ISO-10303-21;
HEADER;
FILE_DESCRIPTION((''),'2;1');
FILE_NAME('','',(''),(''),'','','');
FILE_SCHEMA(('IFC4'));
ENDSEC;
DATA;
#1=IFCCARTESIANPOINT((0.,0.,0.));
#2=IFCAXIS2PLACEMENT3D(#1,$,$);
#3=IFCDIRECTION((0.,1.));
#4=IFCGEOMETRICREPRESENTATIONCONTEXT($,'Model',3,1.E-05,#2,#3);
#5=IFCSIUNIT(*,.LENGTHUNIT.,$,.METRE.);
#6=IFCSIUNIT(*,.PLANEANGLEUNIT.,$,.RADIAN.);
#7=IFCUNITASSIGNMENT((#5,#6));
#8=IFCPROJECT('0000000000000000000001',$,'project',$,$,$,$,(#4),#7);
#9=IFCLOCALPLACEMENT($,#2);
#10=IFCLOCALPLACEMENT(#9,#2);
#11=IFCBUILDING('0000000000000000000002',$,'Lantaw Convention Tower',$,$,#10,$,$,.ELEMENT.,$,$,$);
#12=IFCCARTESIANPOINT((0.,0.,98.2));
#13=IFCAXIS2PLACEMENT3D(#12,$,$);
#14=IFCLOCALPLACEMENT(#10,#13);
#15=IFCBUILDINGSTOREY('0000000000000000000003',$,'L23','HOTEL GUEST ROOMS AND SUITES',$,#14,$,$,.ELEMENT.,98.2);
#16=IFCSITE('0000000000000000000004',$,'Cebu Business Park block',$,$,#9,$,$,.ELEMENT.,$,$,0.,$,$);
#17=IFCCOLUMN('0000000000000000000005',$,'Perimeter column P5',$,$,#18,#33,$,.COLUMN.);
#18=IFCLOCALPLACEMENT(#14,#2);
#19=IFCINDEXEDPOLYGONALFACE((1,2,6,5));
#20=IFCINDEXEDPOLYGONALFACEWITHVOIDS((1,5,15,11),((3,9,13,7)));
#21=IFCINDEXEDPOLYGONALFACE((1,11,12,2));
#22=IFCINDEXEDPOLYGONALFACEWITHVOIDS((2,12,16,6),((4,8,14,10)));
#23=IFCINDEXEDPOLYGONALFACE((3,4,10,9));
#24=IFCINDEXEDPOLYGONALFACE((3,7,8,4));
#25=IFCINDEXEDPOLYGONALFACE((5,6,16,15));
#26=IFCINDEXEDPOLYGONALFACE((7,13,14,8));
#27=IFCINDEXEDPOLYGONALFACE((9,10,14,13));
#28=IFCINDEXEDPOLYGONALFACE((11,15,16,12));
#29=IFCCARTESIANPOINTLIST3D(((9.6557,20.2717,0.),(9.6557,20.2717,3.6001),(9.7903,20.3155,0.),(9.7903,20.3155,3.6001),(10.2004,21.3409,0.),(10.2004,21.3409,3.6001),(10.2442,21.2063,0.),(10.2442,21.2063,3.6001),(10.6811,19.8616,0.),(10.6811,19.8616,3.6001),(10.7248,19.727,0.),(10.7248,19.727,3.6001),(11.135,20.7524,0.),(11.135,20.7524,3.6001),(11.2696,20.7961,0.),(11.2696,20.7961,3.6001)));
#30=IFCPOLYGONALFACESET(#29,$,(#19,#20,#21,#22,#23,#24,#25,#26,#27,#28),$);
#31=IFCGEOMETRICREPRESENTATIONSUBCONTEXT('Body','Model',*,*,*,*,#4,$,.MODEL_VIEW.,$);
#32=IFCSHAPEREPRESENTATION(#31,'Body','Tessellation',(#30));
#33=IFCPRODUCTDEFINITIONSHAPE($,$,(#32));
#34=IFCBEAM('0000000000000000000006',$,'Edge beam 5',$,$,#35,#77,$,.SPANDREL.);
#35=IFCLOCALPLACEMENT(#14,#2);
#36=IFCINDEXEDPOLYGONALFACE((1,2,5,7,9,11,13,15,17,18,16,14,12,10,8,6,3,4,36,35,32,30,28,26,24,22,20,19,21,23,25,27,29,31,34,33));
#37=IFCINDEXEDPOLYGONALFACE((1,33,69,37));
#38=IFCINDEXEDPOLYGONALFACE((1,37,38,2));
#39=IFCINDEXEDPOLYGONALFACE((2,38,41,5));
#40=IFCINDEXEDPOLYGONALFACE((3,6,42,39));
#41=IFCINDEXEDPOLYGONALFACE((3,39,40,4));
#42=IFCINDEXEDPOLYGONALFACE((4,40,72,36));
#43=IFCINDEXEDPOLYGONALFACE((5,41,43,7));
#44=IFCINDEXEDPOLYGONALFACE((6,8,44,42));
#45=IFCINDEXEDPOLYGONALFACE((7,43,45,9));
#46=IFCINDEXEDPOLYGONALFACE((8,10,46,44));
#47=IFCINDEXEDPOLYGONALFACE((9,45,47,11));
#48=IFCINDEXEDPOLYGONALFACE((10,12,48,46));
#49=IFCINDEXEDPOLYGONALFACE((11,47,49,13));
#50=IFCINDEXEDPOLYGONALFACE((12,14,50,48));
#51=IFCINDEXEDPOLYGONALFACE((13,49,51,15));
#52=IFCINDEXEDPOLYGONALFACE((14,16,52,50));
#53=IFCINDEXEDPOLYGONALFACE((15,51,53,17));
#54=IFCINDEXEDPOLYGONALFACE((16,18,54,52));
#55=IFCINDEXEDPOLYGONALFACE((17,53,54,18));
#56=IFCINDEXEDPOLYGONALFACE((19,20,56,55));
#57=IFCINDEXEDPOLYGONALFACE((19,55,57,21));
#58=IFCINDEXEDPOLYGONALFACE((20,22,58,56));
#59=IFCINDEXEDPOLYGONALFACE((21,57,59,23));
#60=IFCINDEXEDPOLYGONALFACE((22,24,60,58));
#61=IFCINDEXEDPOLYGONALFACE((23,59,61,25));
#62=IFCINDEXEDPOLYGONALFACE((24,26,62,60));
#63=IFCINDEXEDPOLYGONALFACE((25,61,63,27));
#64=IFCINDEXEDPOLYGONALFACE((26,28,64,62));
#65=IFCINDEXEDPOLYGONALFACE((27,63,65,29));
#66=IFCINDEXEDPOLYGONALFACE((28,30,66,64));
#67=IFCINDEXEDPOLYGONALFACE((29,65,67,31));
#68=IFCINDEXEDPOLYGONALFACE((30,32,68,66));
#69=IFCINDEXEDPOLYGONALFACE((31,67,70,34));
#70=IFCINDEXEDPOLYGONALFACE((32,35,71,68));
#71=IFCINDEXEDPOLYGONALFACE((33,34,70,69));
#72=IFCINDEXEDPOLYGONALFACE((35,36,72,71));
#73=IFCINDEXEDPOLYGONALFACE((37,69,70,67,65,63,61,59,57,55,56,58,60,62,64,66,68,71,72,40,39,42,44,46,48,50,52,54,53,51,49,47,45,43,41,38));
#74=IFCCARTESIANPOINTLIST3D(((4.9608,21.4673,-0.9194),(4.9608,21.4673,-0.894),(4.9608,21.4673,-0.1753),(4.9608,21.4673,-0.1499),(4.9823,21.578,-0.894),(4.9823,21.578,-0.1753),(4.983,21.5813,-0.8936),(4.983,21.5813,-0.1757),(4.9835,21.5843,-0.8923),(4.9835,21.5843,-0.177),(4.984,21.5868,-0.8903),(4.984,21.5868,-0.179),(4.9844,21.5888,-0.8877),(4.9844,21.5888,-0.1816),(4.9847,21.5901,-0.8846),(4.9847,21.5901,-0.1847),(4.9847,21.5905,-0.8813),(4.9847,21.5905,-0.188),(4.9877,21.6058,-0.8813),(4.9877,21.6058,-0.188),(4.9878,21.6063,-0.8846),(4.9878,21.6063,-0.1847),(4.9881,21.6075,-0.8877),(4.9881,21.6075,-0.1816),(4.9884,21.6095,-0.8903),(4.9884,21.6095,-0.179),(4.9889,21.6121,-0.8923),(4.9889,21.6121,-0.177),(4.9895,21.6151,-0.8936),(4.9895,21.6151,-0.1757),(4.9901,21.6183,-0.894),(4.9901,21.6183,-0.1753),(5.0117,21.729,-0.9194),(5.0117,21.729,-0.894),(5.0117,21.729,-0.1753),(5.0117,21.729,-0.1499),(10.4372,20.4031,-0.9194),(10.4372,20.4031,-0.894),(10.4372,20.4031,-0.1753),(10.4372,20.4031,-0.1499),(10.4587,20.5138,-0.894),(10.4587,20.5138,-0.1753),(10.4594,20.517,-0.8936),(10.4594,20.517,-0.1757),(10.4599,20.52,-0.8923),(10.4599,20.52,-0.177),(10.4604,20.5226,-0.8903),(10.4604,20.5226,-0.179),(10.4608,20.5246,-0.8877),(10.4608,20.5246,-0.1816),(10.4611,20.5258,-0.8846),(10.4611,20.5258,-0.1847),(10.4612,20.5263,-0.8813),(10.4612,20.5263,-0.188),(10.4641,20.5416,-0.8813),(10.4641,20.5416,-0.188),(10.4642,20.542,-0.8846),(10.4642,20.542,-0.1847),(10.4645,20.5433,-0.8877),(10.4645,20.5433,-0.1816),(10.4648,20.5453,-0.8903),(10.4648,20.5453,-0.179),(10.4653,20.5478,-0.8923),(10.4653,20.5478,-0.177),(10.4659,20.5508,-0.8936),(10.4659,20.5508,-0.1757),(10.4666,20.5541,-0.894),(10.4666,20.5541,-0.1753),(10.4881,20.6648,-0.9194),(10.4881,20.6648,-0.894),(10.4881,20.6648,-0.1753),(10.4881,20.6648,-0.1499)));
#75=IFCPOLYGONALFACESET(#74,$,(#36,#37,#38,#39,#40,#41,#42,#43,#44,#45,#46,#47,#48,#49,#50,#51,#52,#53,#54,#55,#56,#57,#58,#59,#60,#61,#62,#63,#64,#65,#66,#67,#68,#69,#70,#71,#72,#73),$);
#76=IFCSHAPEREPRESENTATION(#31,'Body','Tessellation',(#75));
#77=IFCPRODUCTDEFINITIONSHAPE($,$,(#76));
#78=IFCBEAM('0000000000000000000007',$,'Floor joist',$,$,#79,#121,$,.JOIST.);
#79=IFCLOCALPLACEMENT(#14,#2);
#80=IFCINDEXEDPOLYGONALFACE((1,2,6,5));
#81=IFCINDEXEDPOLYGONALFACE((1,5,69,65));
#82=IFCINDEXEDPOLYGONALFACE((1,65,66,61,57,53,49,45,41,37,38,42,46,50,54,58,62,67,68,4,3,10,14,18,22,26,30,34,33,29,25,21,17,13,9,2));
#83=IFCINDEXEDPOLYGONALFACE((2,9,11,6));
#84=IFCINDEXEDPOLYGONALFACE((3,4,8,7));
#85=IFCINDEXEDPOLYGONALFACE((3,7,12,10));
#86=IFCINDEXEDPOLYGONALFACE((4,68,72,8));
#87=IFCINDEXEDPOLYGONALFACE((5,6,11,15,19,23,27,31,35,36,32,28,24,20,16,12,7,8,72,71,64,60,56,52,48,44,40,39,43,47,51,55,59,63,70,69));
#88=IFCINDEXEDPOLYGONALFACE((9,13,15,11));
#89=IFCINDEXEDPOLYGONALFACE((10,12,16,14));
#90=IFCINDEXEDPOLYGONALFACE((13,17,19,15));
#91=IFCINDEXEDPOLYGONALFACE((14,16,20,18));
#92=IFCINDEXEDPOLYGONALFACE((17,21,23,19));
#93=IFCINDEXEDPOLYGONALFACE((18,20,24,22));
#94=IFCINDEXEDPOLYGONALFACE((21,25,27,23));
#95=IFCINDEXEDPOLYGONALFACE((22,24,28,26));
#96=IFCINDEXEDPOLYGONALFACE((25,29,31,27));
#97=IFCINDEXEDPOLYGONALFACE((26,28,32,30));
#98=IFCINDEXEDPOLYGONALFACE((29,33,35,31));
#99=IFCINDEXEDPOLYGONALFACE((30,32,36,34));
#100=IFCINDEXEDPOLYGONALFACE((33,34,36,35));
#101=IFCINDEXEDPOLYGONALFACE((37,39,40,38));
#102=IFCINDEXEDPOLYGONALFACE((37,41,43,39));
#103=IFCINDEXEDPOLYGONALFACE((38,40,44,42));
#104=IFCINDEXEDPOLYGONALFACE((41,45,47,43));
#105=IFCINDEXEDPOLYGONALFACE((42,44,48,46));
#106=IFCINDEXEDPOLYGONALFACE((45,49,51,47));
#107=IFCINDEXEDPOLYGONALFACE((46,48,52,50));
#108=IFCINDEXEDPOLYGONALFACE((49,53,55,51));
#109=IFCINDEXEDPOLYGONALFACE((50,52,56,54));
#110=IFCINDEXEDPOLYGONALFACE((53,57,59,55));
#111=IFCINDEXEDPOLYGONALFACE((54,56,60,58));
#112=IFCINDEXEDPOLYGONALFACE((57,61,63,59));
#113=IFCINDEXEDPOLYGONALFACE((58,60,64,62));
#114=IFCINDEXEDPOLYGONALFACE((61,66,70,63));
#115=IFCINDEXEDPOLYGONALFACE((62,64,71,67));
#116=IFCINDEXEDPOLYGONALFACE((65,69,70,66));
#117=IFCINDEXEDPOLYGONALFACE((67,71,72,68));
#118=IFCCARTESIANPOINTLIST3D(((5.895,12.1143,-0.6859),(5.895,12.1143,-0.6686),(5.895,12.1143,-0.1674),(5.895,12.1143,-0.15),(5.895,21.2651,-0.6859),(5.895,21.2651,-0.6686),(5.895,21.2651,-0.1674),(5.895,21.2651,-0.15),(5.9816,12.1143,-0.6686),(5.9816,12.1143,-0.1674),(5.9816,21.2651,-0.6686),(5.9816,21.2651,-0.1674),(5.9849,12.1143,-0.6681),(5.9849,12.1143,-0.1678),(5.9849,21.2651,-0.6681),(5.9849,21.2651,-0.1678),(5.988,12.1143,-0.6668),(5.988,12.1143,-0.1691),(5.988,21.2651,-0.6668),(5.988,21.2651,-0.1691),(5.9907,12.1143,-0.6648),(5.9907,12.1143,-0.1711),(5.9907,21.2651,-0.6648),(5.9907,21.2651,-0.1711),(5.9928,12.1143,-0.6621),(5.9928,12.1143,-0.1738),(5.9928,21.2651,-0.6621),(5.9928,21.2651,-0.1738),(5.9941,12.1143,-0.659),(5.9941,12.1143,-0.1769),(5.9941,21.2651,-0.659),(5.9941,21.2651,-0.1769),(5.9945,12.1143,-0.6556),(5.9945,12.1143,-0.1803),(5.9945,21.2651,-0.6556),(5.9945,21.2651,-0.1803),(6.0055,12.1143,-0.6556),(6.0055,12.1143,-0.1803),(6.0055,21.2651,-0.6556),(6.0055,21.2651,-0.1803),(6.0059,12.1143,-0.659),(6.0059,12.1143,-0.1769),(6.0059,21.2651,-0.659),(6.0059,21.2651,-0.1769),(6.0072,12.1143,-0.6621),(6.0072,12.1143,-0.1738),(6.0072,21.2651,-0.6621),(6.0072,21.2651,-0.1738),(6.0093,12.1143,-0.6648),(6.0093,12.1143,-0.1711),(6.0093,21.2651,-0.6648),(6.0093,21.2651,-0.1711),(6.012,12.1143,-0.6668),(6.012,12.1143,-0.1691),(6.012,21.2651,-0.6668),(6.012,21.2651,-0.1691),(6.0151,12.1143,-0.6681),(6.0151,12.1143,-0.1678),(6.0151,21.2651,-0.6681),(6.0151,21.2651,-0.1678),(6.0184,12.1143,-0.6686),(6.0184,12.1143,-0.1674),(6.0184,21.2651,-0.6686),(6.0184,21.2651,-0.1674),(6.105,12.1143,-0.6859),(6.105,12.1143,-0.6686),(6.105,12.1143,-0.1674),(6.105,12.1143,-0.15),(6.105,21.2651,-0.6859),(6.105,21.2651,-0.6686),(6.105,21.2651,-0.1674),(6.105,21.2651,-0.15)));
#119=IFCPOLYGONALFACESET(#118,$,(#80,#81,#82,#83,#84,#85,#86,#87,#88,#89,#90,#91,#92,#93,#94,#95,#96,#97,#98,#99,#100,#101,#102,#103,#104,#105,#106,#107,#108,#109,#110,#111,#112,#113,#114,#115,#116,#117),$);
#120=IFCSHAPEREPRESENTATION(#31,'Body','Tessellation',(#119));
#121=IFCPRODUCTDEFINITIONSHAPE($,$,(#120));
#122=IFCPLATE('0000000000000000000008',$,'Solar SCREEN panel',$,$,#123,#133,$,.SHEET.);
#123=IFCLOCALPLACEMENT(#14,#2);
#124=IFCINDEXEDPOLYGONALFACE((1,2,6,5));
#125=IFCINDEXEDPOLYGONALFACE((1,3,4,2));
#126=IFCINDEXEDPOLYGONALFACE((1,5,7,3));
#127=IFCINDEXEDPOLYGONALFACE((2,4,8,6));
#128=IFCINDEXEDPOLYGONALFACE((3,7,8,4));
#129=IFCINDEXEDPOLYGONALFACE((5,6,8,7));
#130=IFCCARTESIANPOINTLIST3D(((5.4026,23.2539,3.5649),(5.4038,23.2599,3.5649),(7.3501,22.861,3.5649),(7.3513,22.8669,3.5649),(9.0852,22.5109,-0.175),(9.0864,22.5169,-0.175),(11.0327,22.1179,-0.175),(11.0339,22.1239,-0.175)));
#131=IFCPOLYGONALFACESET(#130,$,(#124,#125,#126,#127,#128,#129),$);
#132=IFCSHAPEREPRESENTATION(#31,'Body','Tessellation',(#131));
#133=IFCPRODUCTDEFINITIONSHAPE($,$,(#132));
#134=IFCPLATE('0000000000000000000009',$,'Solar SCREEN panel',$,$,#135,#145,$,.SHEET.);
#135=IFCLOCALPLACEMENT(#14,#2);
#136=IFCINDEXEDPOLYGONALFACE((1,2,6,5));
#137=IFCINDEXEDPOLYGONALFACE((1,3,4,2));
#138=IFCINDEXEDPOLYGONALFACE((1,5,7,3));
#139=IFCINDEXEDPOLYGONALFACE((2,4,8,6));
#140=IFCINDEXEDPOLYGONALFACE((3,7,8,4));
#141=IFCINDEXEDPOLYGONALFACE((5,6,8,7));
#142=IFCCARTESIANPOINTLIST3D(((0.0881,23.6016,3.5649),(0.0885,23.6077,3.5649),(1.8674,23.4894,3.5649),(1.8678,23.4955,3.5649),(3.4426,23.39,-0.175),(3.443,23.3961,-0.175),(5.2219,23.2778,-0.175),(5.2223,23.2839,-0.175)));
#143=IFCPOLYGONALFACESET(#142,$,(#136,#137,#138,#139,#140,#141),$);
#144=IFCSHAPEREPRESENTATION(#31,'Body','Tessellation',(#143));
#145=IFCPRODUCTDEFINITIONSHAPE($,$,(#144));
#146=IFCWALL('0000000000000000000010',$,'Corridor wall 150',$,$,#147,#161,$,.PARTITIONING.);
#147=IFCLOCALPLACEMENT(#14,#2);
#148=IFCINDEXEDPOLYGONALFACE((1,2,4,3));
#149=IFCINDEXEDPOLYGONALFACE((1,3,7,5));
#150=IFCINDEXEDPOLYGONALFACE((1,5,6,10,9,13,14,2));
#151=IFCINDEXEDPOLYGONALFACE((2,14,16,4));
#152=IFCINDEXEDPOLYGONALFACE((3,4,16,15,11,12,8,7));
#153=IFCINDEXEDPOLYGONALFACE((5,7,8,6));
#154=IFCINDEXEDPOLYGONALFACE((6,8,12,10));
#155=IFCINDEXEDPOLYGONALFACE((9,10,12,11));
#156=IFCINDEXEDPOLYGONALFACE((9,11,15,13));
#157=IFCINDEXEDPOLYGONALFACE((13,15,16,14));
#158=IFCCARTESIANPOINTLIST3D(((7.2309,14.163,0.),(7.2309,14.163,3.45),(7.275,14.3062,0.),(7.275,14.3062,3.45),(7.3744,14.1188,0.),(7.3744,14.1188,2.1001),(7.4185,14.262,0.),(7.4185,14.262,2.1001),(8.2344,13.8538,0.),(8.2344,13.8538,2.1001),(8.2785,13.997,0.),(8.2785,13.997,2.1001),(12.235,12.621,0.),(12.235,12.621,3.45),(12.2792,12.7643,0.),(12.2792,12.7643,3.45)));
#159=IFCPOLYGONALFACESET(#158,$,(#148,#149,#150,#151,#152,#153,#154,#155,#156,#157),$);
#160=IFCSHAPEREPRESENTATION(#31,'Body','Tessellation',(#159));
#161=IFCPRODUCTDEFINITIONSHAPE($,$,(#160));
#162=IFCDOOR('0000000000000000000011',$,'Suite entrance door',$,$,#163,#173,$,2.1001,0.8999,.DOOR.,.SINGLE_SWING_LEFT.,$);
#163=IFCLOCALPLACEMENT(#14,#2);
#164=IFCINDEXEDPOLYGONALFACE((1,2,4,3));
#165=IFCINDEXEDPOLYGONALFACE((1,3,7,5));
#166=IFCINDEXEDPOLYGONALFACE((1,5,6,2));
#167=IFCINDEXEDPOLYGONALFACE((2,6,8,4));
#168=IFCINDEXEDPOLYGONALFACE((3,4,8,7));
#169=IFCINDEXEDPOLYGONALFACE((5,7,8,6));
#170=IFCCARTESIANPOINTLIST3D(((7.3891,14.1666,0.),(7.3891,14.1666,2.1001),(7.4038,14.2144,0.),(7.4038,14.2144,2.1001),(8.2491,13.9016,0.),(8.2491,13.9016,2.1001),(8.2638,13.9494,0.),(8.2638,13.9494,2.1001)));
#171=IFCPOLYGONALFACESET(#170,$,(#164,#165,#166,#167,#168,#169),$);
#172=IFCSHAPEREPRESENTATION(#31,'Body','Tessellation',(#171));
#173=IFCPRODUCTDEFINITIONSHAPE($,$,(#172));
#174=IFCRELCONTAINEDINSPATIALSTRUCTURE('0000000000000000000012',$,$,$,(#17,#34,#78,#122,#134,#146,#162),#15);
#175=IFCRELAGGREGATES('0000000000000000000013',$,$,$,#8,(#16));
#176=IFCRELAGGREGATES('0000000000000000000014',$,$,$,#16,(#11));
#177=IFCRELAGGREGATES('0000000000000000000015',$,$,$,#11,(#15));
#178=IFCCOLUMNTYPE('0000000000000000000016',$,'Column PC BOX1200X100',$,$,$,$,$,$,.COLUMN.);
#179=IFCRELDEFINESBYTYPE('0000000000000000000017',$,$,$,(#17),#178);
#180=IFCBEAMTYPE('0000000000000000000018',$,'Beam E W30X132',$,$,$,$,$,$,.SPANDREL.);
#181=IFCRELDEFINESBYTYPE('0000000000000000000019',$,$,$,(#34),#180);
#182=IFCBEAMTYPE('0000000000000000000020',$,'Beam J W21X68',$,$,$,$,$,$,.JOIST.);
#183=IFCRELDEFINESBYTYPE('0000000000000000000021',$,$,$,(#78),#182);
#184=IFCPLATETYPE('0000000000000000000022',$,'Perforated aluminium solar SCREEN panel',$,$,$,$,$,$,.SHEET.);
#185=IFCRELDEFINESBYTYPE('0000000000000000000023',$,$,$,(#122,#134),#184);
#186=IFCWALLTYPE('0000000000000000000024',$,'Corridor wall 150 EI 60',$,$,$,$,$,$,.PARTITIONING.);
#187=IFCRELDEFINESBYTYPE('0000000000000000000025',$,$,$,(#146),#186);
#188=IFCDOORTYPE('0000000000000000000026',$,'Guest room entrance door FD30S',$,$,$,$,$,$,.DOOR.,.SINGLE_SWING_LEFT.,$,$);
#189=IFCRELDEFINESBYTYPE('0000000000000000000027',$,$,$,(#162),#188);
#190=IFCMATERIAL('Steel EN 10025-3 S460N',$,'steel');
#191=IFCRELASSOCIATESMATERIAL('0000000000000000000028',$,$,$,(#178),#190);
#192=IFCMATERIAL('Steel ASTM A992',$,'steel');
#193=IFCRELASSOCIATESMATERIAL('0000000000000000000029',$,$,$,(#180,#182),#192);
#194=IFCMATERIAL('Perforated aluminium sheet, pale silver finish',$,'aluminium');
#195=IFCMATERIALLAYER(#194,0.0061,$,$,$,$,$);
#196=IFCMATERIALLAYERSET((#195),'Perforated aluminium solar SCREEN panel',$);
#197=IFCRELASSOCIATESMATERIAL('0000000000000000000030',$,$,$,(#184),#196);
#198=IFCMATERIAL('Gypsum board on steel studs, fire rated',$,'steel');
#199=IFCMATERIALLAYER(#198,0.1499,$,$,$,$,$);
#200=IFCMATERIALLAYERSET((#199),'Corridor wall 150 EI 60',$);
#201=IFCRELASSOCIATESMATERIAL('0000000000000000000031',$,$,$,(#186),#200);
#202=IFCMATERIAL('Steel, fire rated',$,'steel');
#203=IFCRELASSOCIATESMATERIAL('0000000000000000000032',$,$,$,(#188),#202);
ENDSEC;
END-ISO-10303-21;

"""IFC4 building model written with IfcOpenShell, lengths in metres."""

from ifc_helpers import new_model, si_unit, direction, frame, frame_2d, origin, origin_2d, place, context, subcontext, project, spatial, polyline, rectangle, hollow_rectangle, i_section, outline, extrude, material, layer, layer_set, material_profile, profile_set, type_object, element, fill, save


model = new_model("IFC4")

# Units and contexts
model_context = context("Model", 3, precision=1e-05, world=origin(), true_north=direction((0.0, 1.0)))
body_context = subcontext(model_context, "Body", "Model", "MODEL_VIEW")
ifc_project = project(units=[si_unit("LENGTHUNIT", "METRE"), si_unit("PLANEANGLEUNIT", "RADIAN")], contexts=[model_context])

# Site, building, storey
site_placement = place(None, origin())
site = spatial("IfcSite", under=ifc_project, at=site_placement, Name="Cebu Business Park block", CompositionType="ELEMENT", RefElevation=0.0)
building_placement = place(site_placement, origin())
building = spatial("IfcBuilding", under=site, at=building_placement, Name="Lantaw Convention Tower", CompositionType="ELEMENT")
storey_placement = place(building_placement, frame((0.0, 0.0, 98.2)))
storey = spatial("IfcBuildingStorey", under=building, at=storey_placement, Name="L23", Description="HOTEL GUEST ROOMS AND SUITES", CompositionType="ELEMENT", Elevation=98.2)

# Column
ifc_material_1 = material(Name="Steel EN 10025-3 S460N", Category="steel")
ifc_material_profile_1 = material_profile(ifc_material_1, hollow_rectangle(XDim=1.2, YDim=1.2, WallThickness=0.1001, at=origin_2d()), Name="BOX1200X100")
ifc_material_2 = material(Name="Concrete C60/75", Category="concrete")
ifc_material_profile_2 = material_profile(ifc_material_2, rectangle(XDim=1.0, YDim=1.0, at=origin_2d()), Name="Concrete fill of BOX1200X100")
ifc_profile_set_1 = profile_set([ifc_material_profile_1, ifc_material_profile_2], Name="Steel EN 10025-3 S460N")
column_type = type_object("IfcColumnType", Name="Column PC BOX1200X100", PredefinedType="COLUMN", material=ifc_profile_set_1)
column_placement = place(storey_placement, frame((10.4626, 20.5339, 0.0), z_axis=(0.0, 0.0, 1.0), x_axis=(0.45399, 0.891007, 0.0)))
element("IfcColumn", 1, at=column_placement, inside=storey, type_object=column_type, Name="Perimeter column P5", PredefinedType="COLUMN", context=body_context, shape_type="SweptSolid", body=[
    extrude(hollow_rectangle(XDim=1.2, YDim=1.2, WallThickness=0.1001, at=origin_2d()), origin(), (0.0, 0.0, 1.0), 3.6001),
])

# Beams
ifc_material_3 = material(Name="Steel ASTM A992", Category="steel")
ifc_material_profile_3 = material_profile(ifc_material_3, i_section(OverallWidth=0.2666, OverallDepth=0.7695, WebThickness=0.0156, FlangeThickness=0.0254, FilletRadius=0.0127, at=origin_2d()), Name="W30X132")
ifc_profile_set_2 = profile_set([ifc_material_profile_3], Name="Steel ASTM A992")
beam_type_1 = type_object("IfcBeamType", Name="Beam E W30X132", PredefinedType="SPANDREL", material=ifc_profile_set_2)
beam_1_placement = place(storey_placement, frame((10.4626, 20.5339, -0.5347), z_axis=(-0.981637, 0.190761, 0.0), x_axis=(-0.190761, -0.981637, 0.0)))
element("IfcBeam", 2, at=beam_1_placement, inside=storey, type_object=beam_type_1, Name="Edge beam 5", PredefinedType="SPANDREL", context=body_context, shape_type="SweptSolid", body=[
    extrude(i_section(OverallWidth=0.2666, OverallDepth=0.7695, WebThickness=0.0156, FlangeThickness=0.0254, FilletRadius=0.0127, at=origin_2d()), origin(), (0.0, 0.0, 1.0), 5.5789),
])
ifc_material_profile_4 = material_profile(ifc_material_3, i_section(OverallWidth=0.21, OverallDepth=0.5359, WebThickness=0.011, FlangeThickness=0.0173, FilletRadius=0.0129, at=origin_2d()), Name="W21X68")
ifc_profile_set_3 = profile_set([ifc_material_profile_4], Name="Steel ASTM A992")
beam_type_2 = type_object("IfcBeamType", Name="Beam J W21X68", PredefinedType="JOIST", material=ifc_profile_set_3)
beam_2_placement = place(storey_placement, frame((6.0, 12.1143, -0.418), z_axis=(0.0, 1.0, 0.0), x_axis=(-1.0, 0.0, 0.0)))
element("IfcBeam", 3, at=beam_2_placement, inside=storey, type_object=beam_type_2, Name="Floor joist", PredefinedType="JOIST", context=body_context, shape_type="SweptSolid", body=[
    extrude(i_section(OverallWidth=0.21, OverallDepth=0.5359, WebThickness=0.011, FlangeThickness=0.0173, FilletRadius=0.0129, at=origin_2d()), origin(), (0.0, 0.0, 1.0), 9.1509),
])

# Plates
ifc_material_4 = material(Name="Perforated aluminium sheet, pale silver finish", Category="aluminium")
ifc_layer_1 = layer(ifc_material_4, 0.0061)
ifc_layer_set_1 = layer_set([ifc_layer_1], Name="Perforated aluminium solar SCREEN panel")
plate_type = type_object("IfcPlateType", Name="Perforated aluminium solar SCREEN panel", PredefinedType="SHEET", material=ifc_layer_set_1)
plate_1_placement = place(storey_placement, frame((11.0327, 22.1179, -0.175), z_axis=(-0.197782, -0.980246, 0.000002), x_axis=(-0.980246, 0.197782, 0.0)))
element("IfcPlate", 4, at=plate_1_placement, inside=storey, type_object=plate_type, Name="Solar SCREEN panel", PredefinedType="SHEET", context=body_context, shape_type="SweptSolid", body=[
    extrude(outline(polyline([(0.0, 0.0), (1.9868, 0.0), (5.7436, -3.74), (3.7569, -3.74), (0.0, 0.0)])), origin(), (0.0, 0.0, -1.0), 0.0061),
])
plate_2_placement = place(storey_placement, frame((5.2219, 23.2778, -0.175), z_axis=(-0.062924, -0.998018, 0.000014), x_axis=(-0.998018, 0.062924, 0.0)))
element("IfcPlate", 5, at=plate_2_placement, inside=storey, type_object=plate_type, Name="Solar SCREEN panel", PredefinedType="SHEET", context=body_context, shape_type="SweptSolid", body=[
    extrude(outline(polyline([(0.0, 0.0), (1.7828, 0.0), (5.144, -3.74), (3.3612, -3.74), (0.0, 0.0)])), origin(), (0.0, 0.0, -1.0), 0.0061),
])

# Wall, opening, door
ifc_material_5 = material(Name="Gypsum board on steel studs, fire rated", Category="steel")
ifc_layer_2 = layer(ifc_material_5, 0.1499)
ifc_layer_set_2 = layer_set([ifc_layer_2], Name="Corridor wall 150 EI 60")
wall_type_1 = type_object("IfcWallType", Name="Corridor wall 150 EI 60", PredefinedType="PARTITIONING", material=ifc_layer_set_2)
wall_1_placement = place(storey_placement, frame((12.2571, 12.6926, 0.0), z_axis=(0.0, 0.0, 1.0), x_axis=(-0.955658, 0.294479, 0.0)))
wall_1 = element("IfcWall", 6, at=wall_1_placement, inside=storey, type_object=wall_type_1, Name="Corridor wall 150", PredefinedType="PARTITIONING", context=body_context, shape_type="SweptSolid", body=[
    extrude(rectangle(XDim=5.2363, YDim=0.1499, at=frame_2d((2.6182, 0.0))), origin(), (0.0, 0.0, 1.0), 3.45),
])
opening_1_placement = place(wall_1_placement, frame((4.1863, 0.0, 0.0)))
opening_1 = element("IfcOpeningElement", 7, at=opening_1_placement, cuts=wall_1, PredefinedType="OPENING", context=body_context, shape_type="SweptSolid", body=[
    extrude(rectangle(XDim=0.8999, YDim=2.1001, at=frame_2d((0.45, 1.05))), frame((0.0, 0.085, 0.0), z_axis=(0.0, -1.0, 0.0), x_axis=(1.0, 0.0, 0.0)), (0.0, 0.0, 1.0), 0.1699),
])
ifc_material_6 = material(Name="Steel, fire rated", Category="steel")
door_type_1 = type_object("IfcDoorType", Name="Guest room entrance door FD30S", OperationType="SINGLE_SWING_LEFT", PredefinedType="DOOR", material=ifc_material_6)
door_1_placement = place(opening_1_placement, origin())
door_1 = element("IfcDoor", 8, at=door_1_placement, inside=storey, type_object=door_type_1, Name="Suite entrance door", OperationType="SINGLE_SWING_LEFT", OverallHeight=2.1001, OverallWidth=0.8999, PredefinedType="DOOR", context=body_context, shape_type="SweptSolid", body=[
    extrude(rectangle(XDim=0.8999, YDim=2.1001, at=frame_2d((0.45, 1.05))), frame((0.0, 0.0249, 0.0), z_axis=(0.0, -1.0, 0.0), x_axis=(1.0, 0.0, 0.0)), (0.0, 0.0, 1.0), 0.05),
])
fill(opening_1, door_1)

save(model, "model.ifc")
